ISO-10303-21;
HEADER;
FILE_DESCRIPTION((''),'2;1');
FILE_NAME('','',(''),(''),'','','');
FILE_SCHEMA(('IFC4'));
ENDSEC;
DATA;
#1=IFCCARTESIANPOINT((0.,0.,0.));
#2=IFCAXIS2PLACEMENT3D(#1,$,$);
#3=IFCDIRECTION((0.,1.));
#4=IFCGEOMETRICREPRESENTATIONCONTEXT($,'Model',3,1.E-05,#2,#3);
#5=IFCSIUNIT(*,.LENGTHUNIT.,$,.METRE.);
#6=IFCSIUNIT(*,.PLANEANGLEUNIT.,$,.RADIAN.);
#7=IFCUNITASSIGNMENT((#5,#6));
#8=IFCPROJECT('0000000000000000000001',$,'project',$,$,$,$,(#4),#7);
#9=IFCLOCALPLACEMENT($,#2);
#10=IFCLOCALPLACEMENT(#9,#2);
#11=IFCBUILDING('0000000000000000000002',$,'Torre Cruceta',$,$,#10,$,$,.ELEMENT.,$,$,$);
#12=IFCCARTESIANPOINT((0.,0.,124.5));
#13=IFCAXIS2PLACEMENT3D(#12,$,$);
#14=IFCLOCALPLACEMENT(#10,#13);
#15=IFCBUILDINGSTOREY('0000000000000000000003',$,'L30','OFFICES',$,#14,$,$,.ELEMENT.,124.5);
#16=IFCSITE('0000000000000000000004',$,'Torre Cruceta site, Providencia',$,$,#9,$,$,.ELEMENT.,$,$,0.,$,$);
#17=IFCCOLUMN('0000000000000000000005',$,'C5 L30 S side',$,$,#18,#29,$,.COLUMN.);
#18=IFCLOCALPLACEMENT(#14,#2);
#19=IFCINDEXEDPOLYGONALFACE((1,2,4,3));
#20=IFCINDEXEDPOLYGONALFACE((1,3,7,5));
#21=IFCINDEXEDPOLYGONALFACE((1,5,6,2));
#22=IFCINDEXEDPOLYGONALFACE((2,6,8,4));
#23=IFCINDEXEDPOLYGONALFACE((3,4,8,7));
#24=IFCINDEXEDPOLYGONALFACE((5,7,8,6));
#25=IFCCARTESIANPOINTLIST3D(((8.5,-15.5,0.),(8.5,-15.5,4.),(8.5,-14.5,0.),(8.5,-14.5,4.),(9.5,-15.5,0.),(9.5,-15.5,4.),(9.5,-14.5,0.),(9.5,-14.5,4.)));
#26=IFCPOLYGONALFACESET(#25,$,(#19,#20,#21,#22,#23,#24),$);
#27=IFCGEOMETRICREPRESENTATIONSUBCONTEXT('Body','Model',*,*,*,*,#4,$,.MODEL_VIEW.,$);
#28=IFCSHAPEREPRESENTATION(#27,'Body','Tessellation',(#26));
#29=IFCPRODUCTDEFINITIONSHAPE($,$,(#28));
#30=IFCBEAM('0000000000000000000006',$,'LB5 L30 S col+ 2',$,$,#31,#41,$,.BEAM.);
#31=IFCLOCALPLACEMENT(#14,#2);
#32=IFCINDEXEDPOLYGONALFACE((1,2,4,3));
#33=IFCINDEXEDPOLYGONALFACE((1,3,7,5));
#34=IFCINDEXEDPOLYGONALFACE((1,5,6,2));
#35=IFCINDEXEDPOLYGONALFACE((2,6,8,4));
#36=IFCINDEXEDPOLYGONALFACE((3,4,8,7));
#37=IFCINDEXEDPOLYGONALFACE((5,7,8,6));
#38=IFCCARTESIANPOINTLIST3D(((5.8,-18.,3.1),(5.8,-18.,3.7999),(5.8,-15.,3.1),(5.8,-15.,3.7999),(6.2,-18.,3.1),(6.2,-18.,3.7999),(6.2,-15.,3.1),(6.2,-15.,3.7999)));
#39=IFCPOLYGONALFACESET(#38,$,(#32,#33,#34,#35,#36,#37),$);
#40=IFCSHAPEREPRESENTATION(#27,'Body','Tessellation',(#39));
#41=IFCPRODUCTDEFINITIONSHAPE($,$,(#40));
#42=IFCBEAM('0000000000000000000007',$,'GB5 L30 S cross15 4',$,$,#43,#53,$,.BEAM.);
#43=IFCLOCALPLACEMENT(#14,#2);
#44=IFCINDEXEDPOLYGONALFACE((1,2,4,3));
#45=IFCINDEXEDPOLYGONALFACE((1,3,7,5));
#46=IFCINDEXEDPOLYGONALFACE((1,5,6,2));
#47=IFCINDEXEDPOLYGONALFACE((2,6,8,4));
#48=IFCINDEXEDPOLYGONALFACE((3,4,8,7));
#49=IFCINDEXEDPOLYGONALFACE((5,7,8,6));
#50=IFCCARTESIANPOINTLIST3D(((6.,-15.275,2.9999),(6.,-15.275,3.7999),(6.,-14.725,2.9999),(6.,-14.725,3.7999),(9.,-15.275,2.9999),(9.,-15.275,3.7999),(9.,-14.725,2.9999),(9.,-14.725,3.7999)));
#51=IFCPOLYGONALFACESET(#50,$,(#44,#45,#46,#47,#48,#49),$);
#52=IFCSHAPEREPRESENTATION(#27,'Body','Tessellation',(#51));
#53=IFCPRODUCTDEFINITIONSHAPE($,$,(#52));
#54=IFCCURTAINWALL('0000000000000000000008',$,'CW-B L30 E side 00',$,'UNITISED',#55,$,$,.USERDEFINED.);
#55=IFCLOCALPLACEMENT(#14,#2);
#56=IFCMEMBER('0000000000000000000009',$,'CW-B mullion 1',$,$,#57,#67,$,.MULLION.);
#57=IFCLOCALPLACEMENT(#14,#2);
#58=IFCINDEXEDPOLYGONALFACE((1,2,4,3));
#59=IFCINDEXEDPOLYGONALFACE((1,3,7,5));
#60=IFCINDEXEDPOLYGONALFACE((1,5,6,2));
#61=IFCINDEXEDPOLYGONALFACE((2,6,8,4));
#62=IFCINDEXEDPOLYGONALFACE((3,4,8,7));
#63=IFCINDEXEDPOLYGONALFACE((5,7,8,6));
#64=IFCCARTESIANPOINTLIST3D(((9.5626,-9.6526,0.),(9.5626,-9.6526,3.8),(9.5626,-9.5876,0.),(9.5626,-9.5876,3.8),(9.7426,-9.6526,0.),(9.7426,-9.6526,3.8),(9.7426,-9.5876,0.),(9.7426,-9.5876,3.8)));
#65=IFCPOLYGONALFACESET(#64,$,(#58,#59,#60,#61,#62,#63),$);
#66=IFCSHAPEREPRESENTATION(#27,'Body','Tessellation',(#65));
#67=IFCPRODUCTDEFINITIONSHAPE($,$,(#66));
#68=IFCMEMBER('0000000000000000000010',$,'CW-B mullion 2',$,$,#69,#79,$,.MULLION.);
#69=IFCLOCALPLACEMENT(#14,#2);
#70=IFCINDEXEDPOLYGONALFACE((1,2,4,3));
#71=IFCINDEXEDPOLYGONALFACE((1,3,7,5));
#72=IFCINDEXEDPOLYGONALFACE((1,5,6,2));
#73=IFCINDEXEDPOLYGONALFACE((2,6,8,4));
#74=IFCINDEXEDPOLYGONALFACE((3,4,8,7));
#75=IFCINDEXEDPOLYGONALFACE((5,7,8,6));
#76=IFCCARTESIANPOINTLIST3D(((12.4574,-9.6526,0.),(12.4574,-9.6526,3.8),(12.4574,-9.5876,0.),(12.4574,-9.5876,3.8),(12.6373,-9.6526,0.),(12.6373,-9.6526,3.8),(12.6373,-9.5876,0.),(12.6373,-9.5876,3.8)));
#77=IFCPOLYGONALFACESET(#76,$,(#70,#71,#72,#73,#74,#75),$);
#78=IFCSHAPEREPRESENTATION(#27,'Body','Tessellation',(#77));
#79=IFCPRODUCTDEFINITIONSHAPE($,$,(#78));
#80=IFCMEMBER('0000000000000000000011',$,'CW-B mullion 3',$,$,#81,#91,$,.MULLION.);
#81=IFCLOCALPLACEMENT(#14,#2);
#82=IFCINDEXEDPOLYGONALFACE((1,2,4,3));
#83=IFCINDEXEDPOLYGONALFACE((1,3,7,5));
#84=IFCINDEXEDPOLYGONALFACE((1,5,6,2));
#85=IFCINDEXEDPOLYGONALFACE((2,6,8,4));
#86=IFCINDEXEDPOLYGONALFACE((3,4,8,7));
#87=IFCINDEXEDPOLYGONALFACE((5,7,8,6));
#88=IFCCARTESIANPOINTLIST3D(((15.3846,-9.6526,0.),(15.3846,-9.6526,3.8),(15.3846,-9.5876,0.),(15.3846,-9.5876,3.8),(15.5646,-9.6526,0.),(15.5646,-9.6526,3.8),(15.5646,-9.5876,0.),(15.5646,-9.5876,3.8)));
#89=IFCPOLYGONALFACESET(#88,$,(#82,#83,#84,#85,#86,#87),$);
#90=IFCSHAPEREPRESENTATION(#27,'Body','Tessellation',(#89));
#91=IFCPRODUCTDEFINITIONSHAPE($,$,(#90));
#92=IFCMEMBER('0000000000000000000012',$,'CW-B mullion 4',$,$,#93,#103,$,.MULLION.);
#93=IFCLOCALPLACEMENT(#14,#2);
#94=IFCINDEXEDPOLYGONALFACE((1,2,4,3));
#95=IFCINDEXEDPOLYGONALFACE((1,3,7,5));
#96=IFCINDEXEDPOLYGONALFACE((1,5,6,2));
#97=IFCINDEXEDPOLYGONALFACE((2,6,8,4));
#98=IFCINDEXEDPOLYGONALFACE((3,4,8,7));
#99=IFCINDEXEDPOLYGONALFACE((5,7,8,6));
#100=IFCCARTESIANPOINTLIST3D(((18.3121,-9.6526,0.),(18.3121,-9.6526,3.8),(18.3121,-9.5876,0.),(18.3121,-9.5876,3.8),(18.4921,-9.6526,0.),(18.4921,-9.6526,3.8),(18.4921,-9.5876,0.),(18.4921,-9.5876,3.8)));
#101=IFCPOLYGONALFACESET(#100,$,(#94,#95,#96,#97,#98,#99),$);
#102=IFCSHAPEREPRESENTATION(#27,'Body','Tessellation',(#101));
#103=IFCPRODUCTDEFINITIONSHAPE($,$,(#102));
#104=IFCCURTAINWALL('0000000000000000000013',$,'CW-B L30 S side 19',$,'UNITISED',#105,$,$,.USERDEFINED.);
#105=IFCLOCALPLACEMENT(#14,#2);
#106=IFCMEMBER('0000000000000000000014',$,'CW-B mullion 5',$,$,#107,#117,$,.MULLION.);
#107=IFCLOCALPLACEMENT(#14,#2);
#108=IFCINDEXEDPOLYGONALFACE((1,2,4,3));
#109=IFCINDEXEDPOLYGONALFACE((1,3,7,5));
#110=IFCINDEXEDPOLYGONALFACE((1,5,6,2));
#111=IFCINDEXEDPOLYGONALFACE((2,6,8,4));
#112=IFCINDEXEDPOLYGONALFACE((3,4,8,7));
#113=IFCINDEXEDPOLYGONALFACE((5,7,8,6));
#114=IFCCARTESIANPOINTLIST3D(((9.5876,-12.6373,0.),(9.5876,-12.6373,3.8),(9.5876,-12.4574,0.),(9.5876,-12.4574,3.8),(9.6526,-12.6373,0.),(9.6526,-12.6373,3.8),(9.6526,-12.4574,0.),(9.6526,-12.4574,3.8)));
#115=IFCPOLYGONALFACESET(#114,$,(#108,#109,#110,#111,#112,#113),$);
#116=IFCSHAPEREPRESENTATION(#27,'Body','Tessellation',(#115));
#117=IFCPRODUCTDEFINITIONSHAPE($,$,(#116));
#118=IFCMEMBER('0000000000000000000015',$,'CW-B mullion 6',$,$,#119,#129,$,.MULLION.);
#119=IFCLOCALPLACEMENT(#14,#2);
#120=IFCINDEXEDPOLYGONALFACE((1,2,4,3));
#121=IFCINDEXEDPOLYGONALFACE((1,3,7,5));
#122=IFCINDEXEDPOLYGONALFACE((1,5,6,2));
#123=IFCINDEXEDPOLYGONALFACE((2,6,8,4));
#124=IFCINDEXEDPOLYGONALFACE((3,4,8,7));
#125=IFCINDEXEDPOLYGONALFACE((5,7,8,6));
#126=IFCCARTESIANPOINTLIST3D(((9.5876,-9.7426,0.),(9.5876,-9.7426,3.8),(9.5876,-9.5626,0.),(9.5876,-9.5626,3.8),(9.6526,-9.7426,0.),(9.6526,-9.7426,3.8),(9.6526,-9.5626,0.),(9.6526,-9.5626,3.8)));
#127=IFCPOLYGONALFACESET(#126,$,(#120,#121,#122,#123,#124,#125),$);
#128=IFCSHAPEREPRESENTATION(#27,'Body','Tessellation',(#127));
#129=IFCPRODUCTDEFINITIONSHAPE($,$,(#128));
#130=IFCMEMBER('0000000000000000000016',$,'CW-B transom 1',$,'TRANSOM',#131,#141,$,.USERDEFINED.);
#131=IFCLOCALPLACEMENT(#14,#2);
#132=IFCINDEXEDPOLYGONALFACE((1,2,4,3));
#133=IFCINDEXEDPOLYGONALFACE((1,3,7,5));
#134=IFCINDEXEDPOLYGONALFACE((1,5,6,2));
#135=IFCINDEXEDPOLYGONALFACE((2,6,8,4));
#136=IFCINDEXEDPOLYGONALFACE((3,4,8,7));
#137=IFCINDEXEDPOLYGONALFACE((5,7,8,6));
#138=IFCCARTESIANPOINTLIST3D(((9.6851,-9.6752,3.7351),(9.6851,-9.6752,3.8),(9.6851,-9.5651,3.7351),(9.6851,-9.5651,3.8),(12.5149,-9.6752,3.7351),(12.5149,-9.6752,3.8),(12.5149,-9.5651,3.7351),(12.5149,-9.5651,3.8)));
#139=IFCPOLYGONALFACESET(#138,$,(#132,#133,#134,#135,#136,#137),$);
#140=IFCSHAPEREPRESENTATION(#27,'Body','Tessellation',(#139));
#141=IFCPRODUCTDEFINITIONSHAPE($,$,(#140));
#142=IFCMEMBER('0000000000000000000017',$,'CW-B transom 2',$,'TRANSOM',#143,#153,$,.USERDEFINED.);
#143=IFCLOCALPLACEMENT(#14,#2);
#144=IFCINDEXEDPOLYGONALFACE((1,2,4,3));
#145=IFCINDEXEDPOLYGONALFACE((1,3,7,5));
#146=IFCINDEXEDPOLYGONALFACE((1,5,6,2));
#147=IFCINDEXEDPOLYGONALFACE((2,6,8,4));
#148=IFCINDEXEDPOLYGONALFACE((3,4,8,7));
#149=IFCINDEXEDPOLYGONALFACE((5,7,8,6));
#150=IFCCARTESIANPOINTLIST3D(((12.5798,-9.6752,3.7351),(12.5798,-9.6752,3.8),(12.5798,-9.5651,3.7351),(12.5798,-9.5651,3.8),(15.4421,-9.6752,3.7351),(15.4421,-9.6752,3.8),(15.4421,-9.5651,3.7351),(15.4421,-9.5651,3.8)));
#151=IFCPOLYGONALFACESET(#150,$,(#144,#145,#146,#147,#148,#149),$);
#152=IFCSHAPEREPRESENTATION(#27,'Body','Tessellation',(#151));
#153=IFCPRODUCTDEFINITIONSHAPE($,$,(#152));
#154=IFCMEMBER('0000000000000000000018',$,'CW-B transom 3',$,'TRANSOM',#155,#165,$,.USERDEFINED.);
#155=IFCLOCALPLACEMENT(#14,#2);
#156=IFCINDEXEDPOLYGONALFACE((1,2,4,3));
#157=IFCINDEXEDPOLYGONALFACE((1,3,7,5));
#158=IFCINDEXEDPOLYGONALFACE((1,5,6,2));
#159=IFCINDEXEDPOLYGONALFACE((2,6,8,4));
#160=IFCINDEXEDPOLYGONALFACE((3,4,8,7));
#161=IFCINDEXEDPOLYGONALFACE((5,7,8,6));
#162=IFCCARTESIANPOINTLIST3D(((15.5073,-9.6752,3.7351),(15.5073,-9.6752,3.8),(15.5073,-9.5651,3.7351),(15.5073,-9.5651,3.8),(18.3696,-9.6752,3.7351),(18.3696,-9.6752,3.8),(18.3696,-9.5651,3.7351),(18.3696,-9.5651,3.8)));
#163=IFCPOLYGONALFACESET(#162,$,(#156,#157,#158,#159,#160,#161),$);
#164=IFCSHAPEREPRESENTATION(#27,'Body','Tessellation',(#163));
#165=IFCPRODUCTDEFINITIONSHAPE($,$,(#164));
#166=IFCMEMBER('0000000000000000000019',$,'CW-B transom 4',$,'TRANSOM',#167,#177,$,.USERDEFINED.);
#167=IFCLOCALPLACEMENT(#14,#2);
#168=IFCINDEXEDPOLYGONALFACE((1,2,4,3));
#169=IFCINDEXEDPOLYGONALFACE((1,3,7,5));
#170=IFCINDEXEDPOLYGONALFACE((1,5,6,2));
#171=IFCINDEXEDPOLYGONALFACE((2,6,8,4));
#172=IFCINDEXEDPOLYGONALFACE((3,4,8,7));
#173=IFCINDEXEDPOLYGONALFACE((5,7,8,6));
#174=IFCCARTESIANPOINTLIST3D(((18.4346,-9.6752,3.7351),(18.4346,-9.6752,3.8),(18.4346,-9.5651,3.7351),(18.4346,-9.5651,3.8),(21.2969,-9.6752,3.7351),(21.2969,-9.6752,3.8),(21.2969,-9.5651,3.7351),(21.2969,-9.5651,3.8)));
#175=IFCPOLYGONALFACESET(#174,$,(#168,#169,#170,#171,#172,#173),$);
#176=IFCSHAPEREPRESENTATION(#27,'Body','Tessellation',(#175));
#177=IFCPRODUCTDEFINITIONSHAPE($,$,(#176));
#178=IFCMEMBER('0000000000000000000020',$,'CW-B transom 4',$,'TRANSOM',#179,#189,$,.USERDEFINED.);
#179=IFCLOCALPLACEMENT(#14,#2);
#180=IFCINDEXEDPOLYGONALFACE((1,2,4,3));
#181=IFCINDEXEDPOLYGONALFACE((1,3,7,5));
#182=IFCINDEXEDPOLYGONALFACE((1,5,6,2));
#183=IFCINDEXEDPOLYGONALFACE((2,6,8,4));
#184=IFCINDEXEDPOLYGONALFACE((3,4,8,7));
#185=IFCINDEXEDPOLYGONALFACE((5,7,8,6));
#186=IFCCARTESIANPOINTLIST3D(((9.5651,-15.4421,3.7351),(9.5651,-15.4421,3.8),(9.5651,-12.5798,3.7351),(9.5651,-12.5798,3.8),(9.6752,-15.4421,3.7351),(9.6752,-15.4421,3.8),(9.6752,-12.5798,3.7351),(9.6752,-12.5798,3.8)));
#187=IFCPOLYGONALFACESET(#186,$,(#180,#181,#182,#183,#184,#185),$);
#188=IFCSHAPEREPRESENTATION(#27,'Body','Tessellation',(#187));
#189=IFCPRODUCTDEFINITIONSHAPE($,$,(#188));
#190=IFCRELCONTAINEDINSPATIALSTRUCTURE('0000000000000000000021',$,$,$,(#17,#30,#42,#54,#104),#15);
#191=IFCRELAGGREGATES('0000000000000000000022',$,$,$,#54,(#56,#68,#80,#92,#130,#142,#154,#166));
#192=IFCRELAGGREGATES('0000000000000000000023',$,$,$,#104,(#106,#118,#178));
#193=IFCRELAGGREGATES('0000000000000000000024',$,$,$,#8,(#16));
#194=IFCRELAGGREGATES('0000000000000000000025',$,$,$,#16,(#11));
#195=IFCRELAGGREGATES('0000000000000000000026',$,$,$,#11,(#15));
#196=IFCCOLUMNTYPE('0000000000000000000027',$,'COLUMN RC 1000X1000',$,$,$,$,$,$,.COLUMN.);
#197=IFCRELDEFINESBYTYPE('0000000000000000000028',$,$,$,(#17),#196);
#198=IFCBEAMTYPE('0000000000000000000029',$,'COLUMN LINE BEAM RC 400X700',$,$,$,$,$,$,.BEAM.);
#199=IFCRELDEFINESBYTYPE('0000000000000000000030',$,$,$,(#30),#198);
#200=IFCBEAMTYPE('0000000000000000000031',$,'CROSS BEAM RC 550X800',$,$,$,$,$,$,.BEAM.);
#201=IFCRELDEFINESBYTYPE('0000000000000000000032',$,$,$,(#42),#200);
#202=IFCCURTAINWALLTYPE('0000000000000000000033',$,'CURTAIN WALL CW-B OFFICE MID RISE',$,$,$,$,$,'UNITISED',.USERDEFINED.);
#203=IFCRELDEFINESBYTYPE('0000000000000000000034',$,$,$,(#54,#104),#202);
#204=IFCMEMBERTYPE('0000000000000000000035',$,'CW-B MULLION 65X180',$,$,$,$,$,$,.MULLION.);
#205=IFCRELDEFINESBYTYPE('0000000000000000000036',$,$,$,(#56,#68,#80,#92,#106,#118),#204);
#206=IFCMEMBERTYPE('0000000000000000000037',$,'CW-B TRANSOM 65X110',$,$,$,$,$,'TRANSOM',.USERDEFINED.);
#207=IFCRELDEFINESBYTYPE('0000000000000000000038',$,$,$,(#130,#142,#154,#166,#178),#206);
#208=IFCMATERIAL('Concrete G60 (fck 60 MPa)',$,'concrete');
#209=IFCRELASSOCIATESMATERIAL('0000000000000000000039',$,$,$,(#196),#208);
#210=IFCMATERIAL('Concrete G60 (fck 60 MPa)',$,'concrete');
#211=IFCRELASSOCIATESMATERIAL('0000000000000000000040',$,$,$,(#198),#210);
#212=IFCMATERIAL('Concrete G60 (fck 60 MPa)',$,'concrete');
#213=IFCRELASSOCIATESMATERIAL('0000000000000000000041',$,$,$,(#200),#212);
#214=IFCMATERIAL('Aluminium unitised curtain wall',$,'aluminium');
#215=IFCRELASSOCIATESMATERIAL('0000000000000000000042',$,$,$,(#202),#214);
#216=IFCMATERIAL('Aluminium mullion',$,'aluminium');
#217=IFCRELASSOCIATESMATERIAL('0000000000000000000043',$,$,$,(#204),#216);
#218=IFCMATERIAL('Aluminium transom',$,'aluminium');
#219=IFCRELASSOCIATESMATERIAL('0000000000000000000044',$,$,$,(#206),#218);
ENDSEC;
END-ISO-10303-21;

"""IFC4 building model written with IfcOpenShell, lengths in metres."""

from ifc_helpers import new_model, si_unit, direction, frame, origin, origin_2d, place, context, subcontext, project, spatial, rectangle, extrude, material, material_profile, profile_set, type_object, element, aggregate, save


model = new_model("IFC4")

# Units and contexts
model_context = context("Model", 3, precision=1e-05, world=origin(), true_north=direction((0.0, 1.0)))
body_context = subcontext(model_context, "Body", "Model", "MODEL_VIEW")
ifc_project = project(units=[si_unit("LENGTHUNIT", "METRE"), si_unit("PLANEANGLEUNIT", "RADIAN")], contexts=[model_context])

# Site, building, storey
site_placement = place(None, origin())
site = spatial("IfcSite", under=ifc_project, at=site_placement, Name="Torre Cruceta site, Providencia", CompositionType="ELEMENT", RefElevation=0.0)
building_placement = place(site_placement, origin())
building = spatial("IfcBuilding", under=site, at=building_placement, Name="Torre Cruceta", CompositionType="ELEMENT")
storey_placement = place(building_placement, frame((0.0, 0.0, 124.5)))
storey = spatial("IfcBuildingStorey", under=building, at=storey_placement, Name="L30", Description="OFFICES", CompositionType="ELEMENT", Elevation=124.5)

# Column
ifc_material_1 = material(Name="Concrete G60 (fck 60 MPa)", Category="concrete")
ifc_material_profile_1 = material_profile(ifc_material_1, rectangle(XDim=1.0, YDim=1.0, at=origin_2d()), Name="RC 1000X1000")
ifc_profile_set_1 = profile_set([ifc_material_profile_1], Name="Concrete G60 (fck 60 MPa)")
column_type = type_object("IfcColumnType", Name="COLUMN RC 1000X1000", PredefinedType="COLUMN", material=ifc_profile_set_1)
column_placement = place(storey_placement, frame((9.0, -15.0, 0.0), z_axis=(0.0, 0.0, 1.0), x_axis=(1.0, 0.0, 0.0)))
element("IfcColumn", 1, at=column_placement, inside=storey, type_object=column_type, Name="C5 L30 S side", PredefinedType="COLUMN", context=body_context, shape_type="SweptSolid", body=[
    extrude(rectangle(XDim=1.0, YDim=1.0, at=origin_2d()), origin(), (0.0, 0.0, 1.0), 4.0),
])

# Beams
ifc_material_2 = material(Name="Concrete G60 (fck 60 MPa)", Category="concrete")
ifc_material_profile_2 = material_profile(ifc_material_2, rectangle(XDim=0.3999, YDim=0.7, at=origin_2d()), Name="RC 400X700")
ifc_profile_set_2 = profile_set([ifc_material_profile_2], Name="Concrete G60 (fck 60 MPa)")
beam_type_1 = type_object("IfcBeamType", Name="COLUMN LINE BEAM RC 400X700", PredefinedType="BEAM", material=ifc_profile_set_2)
beam_1_placement = place(storey_placement, frame((6.0, -15.0, 3.45), z_axis=(0.0, -1.0, 0.0), x_axis=(1.0, 0.0, 0.0)))
element("IfcBeam", 2, at=beam_1_placement, inside=storey, type_object=beam_type_1, Name="LB5 L30 S col+ 2", PredefinedType="BEAM", context=body_context, shape_type="SweptSolid", body=[
    extrude(rectangle(XDim=0.3999, YDim=0.7, at=origin_2d()), origin(), (0.0, 0.0, 1.0), 3.0),
])
ifc_material_3 = material(Name="Concrete G60 (fck 60 MPa)", Category="concrete")
ifc_material_profile_3 = material_profile(ifc_material_3, rectangle(XDim=0.55, YDim=0.8, at=origin_2d()), Name="RC 550X800")
ifc_profile_set_3 = profile_set([ifc_material_profile_3], Name="Concrete G60 (fck 60 MPa)")
beam_type_2 = type_object("IfcBeamType", Name="CROSS BEAM RC 550X800", PredefinedType="BEAM", material=ifc_profile_set_3)
beam_2_placement = place(storey_placement, frame((6.0, -15.0, 3.3999), z_axis=(1.0, 0.0, 0.0), x_axis=(0.0, 1.0, 0.0)))
element("IfcBeam", 3, at=beam_2_placement, inside=storey, type_object=beam_type_2, Name="GB5 L30 S cross15 4", PredefinedType="BEAM", context=body_context, shape_type="SweptSolid", body=[
    extrude(rectangle(XDim=0.55, YDim=0.8, at=origin_2d()), origin(), (0.0, 0.0, 1.0), 3.0),
])

# Curtain walls, members
ifc_material_4 = material(Name="Aluminium unitised curtain wall", Category="aluminium")
curtain_wall_type = type_object("IfcCurtainWallType", Name="CURTAIN WALL CW-B OFFICE MID RISE", ElementType="UNITISED", PredefinedType="USERDEFINED", material=ifc_material_4)
curtain_wall_1_placement = place(storey_placement, origin())
curtain_wall_1 = element("IfcCurtainWall", 4, at=curtain_wall_1_placement, inside=storey, type_object=curtain_wall_type, Name="CW-B L30 E side 00", ObjectType="UNITISED", PredefinedType="USERDEFINED")
ifc_material_5 = material(Name="Aluminium mullion", Category="aluminium")
ifc_material_profile_4 = material_profile(ifc_material_5, rectangle(XDim=0.0649, YDim=0.1799, at=origin_2d()), Name="AL 65X180")
ifc_profile_set_4 = profile_set([ifc_material_profile_4], Name="Aluminium mullion")
member_type_1 = type_object("IfcMemberType", Name="CW-B MULLION 65X180", PredefinedType="MULLION", material=ifc_profile_set_4)
member_1_placement = place(storey_placement, frame((9.6526, -9.6201, 0.0), z_axis=(0.0, 0.0, 1.0), x_axis=(0.0, 1.0, 0.0)))
member_1 = element("IfcMember", 5, at=member_1_placement, type_object=member_type_1, Name="CW-B mullion 1", PredefinedType="MULLION", context=body_context, shape_type="SweptSolid", body=[
    extrude(rectangle(XDim=0.0649, YDim=0.1799, at=origin_2d()), origin(), (0.0, 0.0, 1.0), 3.8),
])
member_2_placement = place(storey_placement, frame((12.5474, -9.6201, 0.0), z_axis=(0.0, 0.0, 1.0), x_axis=(0.0, 1.0, 0.0)))
member_2 = element("IfcMember", 6, at=member_2_placement, type_object=member_type_1, Name="CW-B mullion 2", PredefinedType="MULLION", context=body_context, shape_type="SweptSolid", body=[
    extrude(rectangle(XDim=0.0649, YDim=0.1799, at=origin_2d()), origin(), (0.0, 0.0, 1.0), 3.8),
])
member_3_placement = place(storey_placement, frame((15.4746, -9.6201, 0.0), z_axis=(0.0, 0.0, 1.0), x_axis=(0.0, 1.0, 0.0)))
member_3 = element("IfcMember", 7, at=member_3_placement, type_object=member_type_1, Name="CW-B mullion 3", PredefinedType="MULLION", context=body_context, shape_type="SweptSolid", body=[
    extrude(rectangle(XDim=0.0649, YDim=0.1799, at=origin_2d()), origin(), (0.0, 0.0, 1.0), 3.8),
])
member_4_placement = place(storey_placement, frame((18.4021, -9.6201, 0.0), z_axis=(0.0, 0.0, 1.0), x_axis=(0.0, 1.0, 0.0)))
member_4 = element("IfcMember", 8, at=member_4_placement, type_object=member_type_1, Name="CW-B mullion 4", PredefinedType="MULLION", context=body_context, shape_type="SweptSolid", body=[
    extrude(rectangle(XDim=0.0649, YDim=0.1799, at=origin_2d()), origin(), (0.0, 0.0, 1.0), 3.8),
])
curtain_wall_2_placement = place(storey_placement, origin())
curtain_wall_2 = element("IfcCurtainWall", 9, at=curtain_wall_2_placement, inside=storey, type_object=curtain_wall_type, Name="CW-B L30 S side 19", ObjectType="UNITISED", PredefinedType="USERDEFINED")
member_5_placement = place(storey_placement, frame((9.6201, -12.5474, 0.0), z_axis=(0.0, 0.0, 1.0), x_axis=(-1.0, 0.0, 0.0)))
member_5 = element("IfcMember", 10, at=member_5_placement, type_object=member_type_1, Name="CW-B mullion 5", PredefinedType="MULLION", context=body_context, shape_type="SweptSolid", body=[
    extrude(rectangle(XDim=0.0649, YDim=0.1799, at=origin_2d()), origin(), (0.0, 0.0, 1.0), 3.8),
])
member_6_placement = place(storey_placement, frame((9.6201, -9.6526, 0.0), z_axis=(0.0, 0.0, 1.0), x_axis=(-1.0, 0.0, 0.0)))
member_6 = element("IfcMember", 11, at=member_6_placement, type_object=member_type_1, Name="CW-B mullion 6", PredefinedType="MULLION", context=body_context, shape_type="SweptSolid", body=[
    extrude(rectangle(XDim=0.0649, YDim=0.1799, at=origin_2d()), origin(), (0.0, 0.0, 1.0), 3.8),
])

# Members
ifc_material_6 = material(Name="Aluminium transom", Category="aluminium")
ifc_material_profile_5 = material_profile(ifc_material_6, rectangle(XDim=0.1101, YDim=0.0649, at=origin_2d()), Name="AL 110X65")
ifc_profile_set_5 = profile_set([ifc_material_profile_5], Name="Aluminium transom")
member_type_2 = type_object("IfcMemberType", Name="CW-B TRANSOM 65X110", ElementType="TRANSOM", PredefinedType="USERDEFINED", material=ifc_profile_set_5)
member_7_placement = place(storey_placement, frame((9.6851, -9.6201, 3.7676), z_axis=(1.0, 0.0, 0.0), x_axis=(0.0, 1.0, 0.0)))
member_7 = element("IfcMember", 12, at=member_7_placement, type_object=member_type_2, Name="CW-B transom 1", ObjectType="TRANSOM", PredefinedType="USERDEFINED", context=body_context, shape_type="SweptSolid", body=[
    extrude(rectangle(XDim=0.1101, YDim=0.0649, at=origin_2d()), origin(), (0.0, 0.0, 1.0), 2.8298),
])
member_8_placement = place(storey_placement, frame((12.5798, -9.6201, 3.7676), z_axis=(1.0, 0.0, 0.0), x_axis=(0.0, 1.0, 0.0)))
member_8 = element("IfcMember", 13, at=member_8_placement, type_object=member_type_2, Name="CW-B transom 2", ObjectType="TRANSOM", PredefinedType="USERDEFINED", context=body_context, shape_type="SweptSolid", body=[
    extrude(rectangle(XDim=0.1101, YDim=0.0649, at=origin_2d()), origin(), (0.0, 0.0, 1.0), 2.8623),
])
member_9_placement = place(storey_placement, frame((15.5073, -9.6201, 3.7676), z_axis=(1.0, 0.0, 0.0), x_axis=(0.0, 1.0, 0.0)))
member_9 = element("IfcMember", 14, at=member_9_placement, type_object=member_type_2, Name="CW-B transom 3", ObjectType="TRANSOM", PredefinedType="USERDEFINED", context=body_context, shape_type="SweptSolid", body=[
    extrude(rectangle(XDim=0.1101, YDim=0.0649, at=origin_2d()), origin(), (0.0, 0.0, 1.0), 2.8623),
])
member_10_placement = place(storey_placement, frame((18.4346, -9.6201, 3.7676), z_axis=(1.0, 0.0, 0.0), x_axis=(0.0, 1.0, 0.0)))
member_10 = element("IfcMember", 15, at=member_10_placement, type_object=member_type_2, Name="CW-B transom 4", ObjectType="TRANSOM", PredefinedType="USERDEFINED", context=body_context, shape_type="SweptSolid", body=[
    extrude(rectangle(XDim=0.1101, YDim=0.0649, at=origin_2d()), origin(), (0.0, 0.0, 1.0), 2.8623),
])
member_11_placement = place(storey_placement, frame((9.6201, -15.4421, 3.7676), z_axis=(0.0, 1.0, 0.0), x_axis=(-1.0, 0.0, 0.0)))
member_11 = element("IfcMember", 16, at=member_11_placement, type_object=member_type_2, Name="CW-B transom 4", ObjectType="TRANSOM", PredefinedType="USERDEFINED", context=body_context, shape_type="SweptSolid", body=[
    extrude(rectangle(XDim=0.1101, YDim=0.0649, at=origin_2d()), origin(), (0.0, 0.0, 1.0), 2.8623),
])

aggregate(curtain_wall_1, [member_1, member_2, member_3, member_4, member_7, member_8, member_9, member_10])
aggregate(curtain_wall_2, [member_5, member_6, member_11])

save(model, "model.ifc")
